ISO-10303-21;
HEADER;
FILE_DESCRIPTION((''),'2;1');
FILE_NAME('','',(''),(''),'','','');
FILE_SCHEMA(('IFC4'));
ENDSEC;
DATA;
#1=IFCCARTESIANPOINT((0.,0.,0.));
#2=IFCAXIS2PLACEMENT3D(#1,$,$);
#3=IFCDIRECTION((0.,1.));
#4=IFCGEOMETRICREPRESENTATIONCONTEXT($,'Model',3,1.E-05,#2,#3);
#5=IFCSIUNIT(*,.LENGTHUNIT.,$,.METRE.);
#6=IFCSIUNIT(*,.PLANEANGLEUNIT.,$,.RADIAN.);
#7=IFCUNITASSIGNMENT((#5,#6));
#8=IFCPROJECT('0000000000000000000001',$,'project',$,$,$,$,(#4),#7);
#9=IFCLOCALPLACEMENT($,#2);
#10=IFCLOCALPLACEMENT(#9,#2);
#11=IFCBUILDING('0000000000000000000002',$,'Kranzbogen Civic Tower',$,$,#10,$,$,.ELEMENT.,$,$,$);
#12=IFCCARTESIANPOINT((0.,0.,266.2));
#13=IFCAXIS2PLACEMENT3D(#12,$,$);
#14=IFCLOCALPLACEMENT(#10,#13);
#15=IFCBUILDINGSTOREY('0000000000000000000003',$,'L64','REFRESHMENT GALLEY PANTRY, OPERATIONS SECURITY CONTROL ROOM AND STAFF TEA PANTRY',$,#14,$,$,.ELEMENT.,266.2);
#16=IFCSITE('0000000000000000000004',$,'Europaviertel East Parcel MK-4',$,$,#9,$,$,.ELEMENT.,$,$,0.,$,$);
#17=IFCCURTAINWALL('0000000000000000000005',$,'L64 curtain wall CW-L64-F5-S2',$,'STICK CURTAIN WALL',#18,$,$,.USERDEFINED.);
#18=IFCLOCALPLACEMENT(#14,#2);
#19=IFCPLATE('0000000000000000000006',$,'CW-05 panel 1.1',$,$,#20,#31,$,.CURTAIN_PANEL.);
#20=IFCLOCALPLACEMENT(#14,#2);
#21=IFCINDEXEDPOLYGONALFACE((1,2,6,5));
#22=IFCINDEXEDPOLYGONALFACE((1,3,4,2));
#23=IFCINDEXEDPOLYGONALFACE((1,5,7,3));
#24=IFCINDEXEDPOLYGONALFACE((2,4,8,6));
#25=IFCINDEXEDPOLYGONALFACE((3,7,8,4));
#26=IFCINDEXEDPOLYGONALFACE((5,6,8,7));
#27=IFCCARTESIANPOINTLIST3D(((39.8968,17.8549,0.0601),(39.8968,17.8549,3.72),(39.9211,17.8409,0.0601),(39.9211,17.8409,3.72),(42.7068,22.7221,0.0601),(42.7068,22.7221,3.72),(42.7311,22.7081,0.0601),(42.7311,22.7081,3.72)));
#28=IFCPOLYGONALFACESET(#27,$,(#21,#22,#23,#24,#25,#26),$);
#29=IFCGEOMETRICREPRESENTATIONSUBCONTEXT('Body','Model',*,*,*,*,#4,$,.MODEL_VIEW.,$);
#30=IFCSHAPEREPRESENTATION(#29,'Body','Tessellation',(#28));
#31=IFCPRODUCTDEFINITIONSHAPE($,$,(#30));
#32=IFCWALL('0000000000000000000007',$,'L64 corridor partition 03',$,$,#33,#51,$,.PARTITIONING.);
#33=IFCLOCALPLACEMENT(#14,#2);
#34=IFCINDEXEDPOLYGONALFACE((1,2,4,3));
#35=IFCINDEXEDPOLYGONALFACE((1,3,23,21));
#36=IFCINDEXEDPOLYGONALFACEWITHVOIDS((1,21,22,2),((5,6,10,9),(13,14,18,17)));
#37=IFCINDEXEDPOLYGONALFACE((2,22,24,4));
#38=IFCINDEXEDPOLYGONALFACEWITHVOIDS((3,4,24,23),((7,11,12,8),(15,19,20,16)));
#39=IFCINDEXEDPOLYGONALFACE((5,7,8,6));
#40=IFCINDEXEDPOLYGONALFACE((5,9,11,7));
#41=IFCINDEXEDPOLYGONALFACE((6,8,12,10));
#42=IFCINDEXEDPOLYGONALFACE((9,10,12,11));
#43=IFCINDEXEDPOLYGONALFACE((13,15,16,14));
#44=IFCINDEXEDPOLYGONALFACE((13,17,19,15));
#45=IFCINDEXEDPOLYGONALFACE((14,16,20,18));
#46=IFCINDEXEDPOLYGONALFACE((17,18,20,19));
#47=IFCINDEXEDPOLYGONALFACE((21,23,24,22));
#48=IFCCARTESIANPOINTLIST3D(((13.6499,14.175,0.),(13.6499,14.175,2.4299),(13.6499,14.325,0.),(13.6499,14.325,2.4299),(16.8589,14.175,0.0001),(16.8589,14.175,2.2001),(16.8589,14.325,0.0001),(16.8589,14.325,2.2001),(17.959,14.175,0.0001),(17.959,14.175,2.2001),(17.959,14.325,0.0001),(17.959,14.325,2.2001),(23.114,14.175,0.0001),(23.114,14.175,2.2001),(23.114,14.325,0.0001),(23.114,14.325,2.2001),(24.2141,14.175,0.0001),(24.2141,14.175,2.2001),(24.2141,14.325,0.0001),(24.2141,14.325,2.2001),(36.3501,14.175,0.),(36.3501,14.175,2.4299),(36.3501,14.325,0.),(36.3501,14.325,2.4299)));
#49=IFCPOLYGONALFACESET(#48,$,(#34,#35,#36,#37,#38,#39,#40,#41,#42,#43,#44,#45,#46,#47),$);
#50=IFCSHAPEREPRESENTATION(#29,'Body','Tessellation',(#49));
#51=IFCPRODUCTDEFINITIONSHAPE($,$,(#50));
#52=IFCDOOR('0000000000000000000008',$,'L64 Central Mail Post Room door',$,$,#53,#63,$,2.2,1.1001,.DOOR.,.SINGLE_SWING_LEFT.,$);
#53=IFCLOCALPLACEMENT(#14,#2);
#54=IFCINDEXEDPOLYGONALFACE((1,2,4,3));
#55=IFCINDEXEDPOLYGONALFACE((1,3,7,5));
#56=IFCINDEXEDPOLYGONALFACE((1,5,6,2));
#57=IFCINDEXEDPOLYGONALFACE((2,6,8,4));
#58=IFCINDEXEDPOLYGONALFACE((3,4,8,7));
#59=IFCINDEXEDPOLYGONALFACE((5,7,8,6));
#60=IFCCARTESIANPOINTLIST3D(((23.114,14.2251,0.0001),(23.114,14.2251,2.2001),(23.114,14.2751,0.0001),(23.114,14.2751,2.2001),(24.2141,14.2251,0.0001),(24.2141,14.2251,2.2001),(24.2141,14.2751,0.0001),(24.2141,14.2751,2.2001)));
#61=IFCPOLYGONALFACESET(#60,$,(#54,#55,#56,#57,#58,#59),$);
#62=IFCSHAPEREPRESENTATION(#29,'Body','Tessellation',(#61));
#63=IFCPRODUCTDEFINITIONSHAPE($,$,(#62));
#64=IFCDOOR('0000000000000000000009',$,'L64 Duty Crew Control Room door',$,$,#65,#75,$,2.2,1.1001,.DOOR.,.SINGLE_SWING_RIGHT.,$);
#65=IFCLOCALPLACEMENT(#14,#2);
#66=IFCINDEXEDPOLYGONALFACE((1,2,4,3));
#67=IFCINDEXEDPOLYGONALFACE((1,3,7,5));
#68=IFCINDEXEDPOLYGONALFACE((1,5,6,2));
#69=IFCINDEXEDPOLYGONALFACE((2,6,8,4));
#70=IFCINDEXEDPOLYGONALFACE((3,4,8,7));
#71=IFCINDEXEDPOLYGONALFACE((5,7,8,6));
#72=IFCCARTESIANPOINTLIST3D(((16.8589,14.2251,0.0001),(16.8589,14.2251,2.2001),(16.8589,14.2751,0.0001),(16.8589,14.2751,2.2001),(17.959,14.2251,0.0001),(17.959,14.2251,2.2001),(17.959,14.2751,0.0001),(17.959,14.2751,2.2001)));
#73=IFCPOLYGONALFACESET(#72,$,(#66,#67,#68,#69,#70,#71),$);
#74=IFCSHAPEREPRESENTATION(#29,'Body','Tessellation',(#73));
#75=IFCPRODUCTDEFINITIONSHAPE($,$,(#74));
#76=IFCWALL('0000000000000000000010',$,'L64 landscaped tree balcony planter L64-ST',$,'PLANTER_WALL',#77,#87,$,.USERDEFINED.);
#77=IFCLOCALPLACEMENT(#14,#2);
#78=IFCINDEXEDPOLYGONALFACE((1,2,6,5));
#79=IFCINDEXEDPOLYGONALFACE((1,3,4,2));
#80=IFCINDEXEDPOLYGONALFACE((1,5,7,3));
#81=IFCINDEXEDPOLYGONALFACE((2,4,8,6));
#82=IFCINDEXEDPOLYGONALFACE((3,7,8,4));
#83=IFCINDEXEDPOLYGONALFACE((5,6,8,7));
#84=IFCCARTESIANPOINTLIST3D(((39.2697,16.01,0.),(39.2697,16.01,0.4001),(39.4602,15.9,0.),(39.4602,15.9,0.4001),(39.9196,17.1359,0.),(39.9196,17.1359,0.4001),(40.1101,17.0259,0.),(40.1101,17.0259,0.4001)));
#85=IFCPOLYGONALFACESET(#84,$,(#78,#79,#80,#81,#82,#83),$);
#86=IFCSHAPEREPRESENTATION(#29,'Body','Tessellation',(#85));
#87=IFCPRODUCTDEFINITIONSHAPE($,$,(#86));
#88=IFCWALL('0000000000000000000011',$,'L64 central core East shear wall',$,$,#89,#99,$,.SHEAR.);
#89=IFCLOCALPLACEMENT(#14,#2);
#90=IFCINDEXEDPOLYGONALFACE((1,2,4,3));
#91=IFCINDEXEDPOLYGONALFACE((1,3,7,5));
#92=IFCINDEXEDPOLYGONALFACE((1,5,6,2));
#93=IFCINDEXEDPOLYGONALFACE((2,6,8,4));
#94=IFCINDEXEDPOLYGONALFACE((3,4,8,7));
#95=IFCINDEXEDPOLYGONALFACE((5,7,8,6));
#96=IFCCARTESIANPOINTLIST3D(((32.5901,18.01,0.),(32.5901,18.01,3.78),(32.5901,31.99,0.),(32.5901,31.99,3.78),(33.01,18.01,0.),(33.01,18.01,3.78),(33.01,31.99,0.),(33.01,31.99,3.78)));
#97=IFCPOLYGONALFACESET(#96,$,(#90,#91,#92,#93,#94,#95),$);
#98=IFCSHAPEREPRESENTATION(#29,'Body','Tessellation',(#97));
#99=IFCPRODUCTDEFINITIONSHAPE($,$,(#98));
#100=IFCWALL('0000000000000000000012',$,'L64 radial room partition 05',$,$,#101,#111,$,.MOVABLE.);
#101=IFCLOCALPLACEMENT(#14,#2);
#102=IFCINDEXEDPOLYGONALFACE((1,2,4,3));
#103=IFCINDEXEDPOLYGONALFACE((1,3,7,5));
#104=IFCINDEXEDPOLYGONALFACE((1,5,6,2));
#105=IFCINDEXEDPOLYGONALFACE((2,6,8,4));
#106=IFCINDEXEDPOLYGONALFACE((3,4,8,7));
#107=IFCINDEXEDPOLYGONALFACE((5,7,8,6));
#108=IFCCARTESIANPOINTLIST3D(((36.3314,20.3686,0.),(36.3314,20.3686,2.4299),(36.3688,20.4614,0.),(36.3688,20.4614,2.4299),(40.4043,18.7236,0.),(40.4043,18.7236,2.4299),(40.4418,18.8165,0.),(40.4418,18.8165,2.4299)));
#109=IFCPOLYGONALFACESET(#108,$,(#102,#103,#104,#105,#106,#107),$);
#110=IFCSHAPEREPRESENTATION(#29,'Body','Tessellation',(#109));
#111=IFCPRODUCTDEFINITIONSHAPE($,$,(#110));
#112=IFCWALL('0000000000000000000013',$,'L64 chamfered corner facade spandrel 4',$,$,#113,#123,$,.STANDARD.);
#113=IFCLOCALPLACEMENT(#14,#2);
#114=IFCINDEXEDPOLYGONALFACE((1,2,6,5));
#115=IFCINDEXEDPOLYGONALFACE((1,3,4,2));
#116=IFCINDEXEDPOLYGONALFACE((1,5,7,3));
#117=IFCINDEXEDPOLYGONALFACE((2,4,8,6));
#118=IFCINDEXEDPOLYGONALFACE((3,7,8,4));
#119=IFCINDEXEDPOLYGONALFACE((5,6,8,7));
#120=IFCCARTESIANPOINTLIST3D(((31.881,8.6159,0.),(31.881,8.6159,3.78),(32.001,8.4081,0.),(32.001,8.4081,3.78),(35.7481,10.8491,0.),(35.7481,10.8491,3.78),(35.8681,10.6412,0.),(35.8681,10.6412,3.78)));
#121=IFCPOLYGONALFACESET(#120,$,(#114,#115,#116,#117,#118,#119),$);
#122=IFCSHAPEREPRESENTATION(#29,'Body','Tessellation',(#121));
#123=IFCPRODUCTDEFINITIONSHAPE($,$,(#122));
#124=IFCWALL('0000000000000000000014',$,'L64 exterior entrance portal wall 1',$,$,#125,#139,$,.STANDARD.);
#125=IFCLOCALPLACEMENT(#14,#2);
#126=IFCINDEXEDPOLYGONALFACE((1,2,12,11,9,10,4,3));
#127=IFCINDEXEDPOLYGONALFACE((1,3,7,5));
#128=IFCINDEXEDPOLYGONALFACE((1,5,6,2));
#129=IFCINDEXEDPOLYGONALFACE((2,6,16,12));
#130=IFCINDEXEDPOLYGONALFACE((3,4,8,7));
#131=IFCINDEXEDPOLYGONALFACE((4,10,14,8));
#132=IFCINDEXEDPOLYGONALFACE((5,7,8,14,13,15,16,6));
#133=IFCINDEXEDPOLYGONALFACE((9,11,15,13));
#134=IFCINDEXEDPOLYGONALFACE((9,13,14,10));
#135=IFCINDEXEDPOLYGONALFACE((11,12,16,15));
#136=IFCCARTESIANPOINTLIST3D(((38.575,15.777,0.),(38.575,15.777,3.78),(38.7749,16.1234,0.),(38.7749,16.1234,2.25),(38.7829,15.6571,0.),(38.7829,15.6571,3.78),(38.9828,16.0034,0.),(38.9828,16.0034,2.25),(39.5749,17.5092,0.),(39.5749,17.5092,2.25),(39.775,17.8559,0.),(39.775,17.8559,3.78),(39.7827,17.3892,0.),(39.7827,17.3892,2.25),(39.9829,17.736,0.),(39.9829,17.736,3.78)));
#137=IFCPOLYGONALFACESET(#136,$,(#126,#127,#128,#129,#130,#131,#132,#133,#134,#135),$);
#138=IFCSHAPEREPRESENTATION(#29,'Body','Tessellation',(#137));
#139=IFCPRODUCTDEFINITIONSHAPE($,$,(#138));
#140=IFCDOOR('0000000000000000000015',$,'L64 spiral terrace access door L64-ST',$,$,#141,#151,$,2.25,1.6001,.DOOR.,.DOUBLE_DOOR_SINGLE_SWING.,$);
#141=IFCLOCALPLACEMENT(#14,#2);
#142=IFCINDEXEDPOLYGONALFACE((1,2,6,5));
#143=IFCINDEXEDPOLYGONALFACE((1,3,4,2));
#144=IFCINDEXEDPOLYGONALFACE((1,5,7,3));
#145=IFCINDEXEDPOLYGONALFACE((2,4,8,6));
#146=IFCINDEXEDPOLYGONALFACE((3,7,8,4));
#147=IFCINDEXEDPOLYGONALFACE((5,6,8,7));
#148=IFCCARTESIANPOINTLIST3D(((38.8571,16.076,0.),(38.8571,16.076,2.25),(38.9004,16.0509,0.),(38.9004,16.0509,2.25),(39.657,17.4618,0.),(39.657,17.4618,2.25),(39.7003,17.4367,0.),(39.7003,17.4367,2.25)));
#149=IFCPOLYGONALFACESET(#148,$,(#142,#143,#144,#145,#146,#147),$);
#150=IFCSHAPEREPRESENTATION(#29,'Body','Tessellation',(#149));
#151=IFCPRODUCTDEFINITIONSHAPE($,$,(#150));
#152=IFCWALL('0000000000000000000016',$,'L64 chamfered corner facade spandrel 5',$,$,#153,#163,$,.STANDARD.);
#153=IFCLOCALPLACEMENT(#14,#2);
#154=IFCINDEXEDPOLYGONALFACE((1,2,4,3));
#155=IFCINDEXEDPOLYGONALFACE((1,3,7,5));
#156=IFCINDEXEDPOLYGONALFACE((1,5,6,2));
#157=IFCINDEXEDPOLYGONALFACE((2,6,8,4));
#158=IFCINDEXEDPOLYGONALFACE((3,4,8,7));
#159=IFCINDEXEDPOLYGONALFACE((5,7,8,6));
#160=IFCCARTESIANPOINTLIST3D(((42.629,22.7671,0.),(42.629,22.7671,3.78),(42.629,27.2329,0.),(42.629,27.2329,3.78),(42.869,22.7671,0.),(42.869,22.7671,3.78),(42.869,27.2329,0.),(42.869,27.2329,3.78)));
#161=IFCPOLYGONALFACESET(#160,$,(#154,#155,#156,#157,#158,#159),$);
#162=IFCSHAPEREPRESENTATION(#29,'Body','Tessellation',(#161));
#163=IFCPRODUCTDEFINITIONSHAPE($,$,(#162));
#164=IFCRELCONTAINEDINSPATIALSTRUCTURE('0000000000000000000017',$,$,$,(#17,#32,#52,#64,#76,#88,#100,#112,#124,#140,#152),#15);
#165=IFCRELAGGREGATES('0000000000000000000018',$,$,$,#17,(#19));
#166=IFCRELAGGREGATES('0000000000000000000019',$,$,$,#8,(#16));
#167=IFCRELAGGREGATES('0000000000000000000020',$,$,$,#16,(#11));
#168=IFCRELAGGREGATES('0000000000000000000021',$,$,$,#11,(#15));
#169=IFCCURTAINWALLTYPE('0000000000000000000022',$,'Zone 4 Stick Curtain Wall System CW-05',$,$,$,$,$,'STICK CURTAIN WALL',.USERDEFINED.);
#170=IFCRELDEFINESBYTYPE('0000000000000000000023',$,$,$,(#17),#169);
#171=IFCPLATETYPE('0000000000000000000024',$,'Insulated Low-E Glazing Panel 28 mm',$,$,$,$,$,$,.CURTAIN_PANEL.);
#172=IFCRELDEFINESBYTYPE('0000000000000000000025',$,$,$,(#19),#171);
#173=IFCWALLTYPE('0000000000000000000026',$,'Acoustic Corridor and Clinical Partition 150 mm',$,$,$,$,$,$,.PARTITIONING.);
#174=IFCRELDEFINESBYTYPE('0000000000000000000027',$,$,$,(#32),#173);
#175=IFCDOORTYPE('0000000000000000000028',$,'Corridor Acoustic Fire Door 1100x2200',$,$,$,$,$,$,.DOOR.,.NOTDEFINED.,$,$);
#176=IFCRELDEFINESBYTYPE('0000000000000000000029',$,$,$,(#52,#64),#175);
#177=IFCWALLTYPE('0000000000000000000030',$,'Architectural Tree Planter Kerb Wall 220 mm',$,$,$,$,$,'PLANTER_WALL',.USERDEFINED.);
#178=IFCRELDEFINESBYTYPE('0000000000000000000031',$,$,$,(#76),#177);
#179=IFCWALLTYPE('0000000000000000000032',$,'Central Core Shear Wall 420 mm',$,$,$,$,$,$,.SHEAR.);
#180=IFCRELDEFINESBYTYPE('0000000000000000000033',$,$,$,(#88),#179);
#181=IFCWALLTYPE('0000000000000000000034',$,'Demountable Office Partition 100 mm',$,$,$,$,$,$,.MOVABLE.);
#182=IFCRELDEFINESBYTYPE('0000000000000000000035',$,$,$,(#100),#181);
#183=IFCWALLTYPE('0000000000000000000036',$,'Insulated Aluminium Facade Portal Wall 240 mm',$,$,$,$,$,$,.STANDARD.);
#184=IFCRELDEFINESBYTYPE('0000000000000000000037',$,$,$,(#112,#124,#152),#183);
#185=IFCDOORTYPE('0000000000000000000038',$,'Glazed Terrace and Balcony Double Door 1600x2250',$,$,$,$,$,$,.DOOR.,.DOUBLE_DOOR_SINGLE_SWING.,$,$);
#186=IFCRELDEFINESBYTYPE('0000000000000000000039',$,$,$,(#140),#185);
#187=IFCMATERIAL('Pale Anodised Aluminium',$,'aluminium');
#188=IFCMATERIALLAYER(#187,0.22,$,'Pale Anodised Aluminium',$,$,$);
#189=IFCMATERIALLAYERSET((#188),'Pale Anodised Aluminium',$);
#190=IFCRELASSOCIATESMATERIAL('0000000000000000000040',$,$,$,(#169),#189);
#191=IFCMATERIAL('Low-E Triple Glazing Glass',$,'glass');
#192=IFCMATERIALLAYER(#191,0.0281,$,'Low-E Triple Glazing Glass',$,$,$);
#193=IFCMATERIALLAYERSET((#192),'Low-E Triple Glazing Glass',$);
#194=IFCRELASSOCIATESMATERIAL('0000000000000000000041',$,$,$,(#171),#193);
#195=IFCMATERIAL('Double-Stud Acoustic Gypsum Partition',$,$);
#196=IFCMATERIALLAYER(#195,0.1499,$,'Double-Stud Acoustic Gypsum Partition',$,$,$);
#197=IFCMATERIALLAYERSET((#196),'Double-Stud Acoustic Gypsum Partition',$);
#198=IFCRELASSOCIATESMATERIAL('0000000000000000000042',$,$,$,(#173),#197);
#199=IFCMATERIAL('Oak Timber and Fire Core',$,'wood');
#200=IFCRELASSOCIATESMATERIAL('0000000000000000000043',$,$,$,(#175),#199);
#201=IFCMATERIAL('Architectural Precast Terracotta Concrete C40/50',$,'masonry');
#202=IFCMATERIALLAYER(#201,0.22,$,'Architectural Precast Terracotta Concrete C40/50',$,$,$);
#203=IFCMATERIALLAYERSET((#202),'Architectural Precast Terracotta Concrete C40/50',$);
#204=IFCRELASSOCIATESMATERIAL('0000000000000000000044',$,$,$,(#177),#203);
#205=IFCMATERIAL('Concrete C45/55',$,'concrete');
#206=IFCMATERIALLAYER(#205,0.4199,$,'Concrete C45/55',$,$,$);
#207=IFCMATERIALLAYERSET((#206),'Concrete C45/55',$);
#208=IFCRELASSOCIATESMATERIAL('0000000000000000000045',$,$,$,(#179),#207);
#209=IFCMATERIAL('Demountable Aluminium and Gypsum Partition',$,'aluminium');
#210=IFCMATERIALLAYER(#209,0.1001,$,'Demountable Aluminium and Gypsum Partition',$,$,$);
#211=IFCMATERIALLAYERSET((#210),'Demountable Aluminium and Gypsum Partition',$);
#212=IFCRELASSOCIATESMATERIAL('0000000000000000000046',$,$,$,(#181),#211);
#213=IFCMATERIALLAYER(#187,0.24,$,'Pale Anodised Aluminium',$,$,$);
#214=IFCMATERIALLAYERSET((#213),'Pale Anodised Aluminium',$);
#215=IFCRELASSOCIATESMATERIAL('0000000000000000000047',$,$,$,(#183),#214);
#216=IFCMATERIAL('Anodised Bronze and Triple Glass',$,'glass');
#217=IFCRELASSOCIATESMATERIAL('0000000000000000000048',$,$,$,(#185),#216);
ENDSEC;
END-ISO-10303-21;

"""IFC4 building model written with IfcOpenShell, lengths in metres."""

from ifc_helpers import new_model, si_unit, direction, frame, frame_2d, origin, origin_2d, place, context, subcontext, project, spatial, rectangle, extrude, material, layer, layer_set, type_object, element, fill, aggregate, save


model = new_model("IFC4")

# Units and contexts
model_context = context("Model", 3, precision=1e-05, world=origin(), true_north=direction((0.0, 1.0)))
body_context = subcontext(model_context, "Body", "Model", "MODEL_VIEW")
ifc_project = project(units=[si_unit("LENGTHUNIT", "METRE"), si_unit("PLANEANGLEUNIT", "RADIAN")], contexts=[model_context])

# Site, building, storey
site_placement = place(None, origin())
site = spatial("IfcSite", under=ifc_project, at=site_placement, Name="Europaviertel East Parcel MK-4", CompositionType="ELEMENT", RefElevation=0.0)
building_placement = place(site_placement, origin())
building = spatial("IfcBuilding", under=site, at=building_placement, Name="Kranzbogen Civic Tower", CompositionType="ELEMENT")
storey_placement = place(building_placement, frame((0.0, 0.0, 266.2)))
storey = spatial("IfcBuildingStorey", under=building, at=storey_placement, Name="L64", Description="REFRESHMENT GALLEY PANTRY, OPERATIONS SECURITY CONTROL ROOM AND STAFF TEA PANTRY", CompositionType="ELEMENT", Elevation=266.2)

# Shared definitions
ifc_material_1 = material(Name="Pale Anodised Aluminium", Category="aluminium")
ifc_layer_1 = layer(ifc_material_1, 0.22, Name="Pale Anodised Aluminium")
ifc_layer_set_1 = layer_set([ifc_layer_1], Name="Pale Anodised Aluminium")
curtain_wall_type = type_object("IfcCurtainWallType", Name="Zone 4 Stick Curtain Wall System CW-05", ElementType="STICK CURTAIN WALL", PredefinedType="USERDEFINED", material=ifc_layer_set_1)

# Curtain wall
curtain_wall_1_placement = place(storey_placement, origin())
curtain_wall_1 = element("IfcCurtainWall", 1, at=curtain_wall_1_placement, inside=storey, type_object=curtain_wall_type, Name="L64 curtain wall CW-L64-F5-S2", ObjectType="STICK CURTAIN WALL", PredefinedType="USERDEFINED")

# Plate
ifc_material_2 = material(Name="Low-E Triple Glazing Glass", Category="glass")
ifc_layer_2 = layer(ifc_material_2, 0.0281, Name="Low-E Triple Glazing Glass")
ifc_layer_set_2 = layer_set([ifc_layer_2], Name="Low-E Triple Glazing Glass")
plate_type = type_object("IfcPlateType", Name="Insulated Low-E Glazing Panel 28 mm", PredefinedType="CURTAIN_PANEL", material=ifc_layer_set_2)
plate_1_placement = place(storey_placement, frame((41.314, 20.2815, 0.0601), z_axis=(0.0, 0.0, 1.0), x_axis=(0.499999, 0.866026, 0.0)))
plate_1 = element("IfcPlate", 2, at=plate_1_placement, type_object=plate_type, Name="CW-05 panel 1.1", PredefinedType="CURTAIN_PANEL", context=body_context, shape_type="SweptSolid", body=[
    extrude(rectangle(XDim=5.6201, YDim=0.0281, at=origin_2d()), origin(), (0.0, 0.0, 1.0), 3.6599),
])
aggregate(curtain_wall_1, [plate_1])

# Wall, openings, doors
ifc_material_3 = material(Name="Double-Stud Acoustic Gypsum Partition")
ifc_layer_3 = layer(ifc_material_3, 0.1499, Name="Double-Stud Acoustic Gypsum Partition")
ifc_layer_set_3 = layer_set([ifc_layer_3], Name="Double-Stud Acoustic Gypsum Partition")
wall_type_1 = type_object("IfcWallType", Name="Acoustic Corridor and Clinical Partition 150 mm", PredefinedType="PARTITIONING", material=ifc_layer_set_3)
wall_1_placement = place(storey_placement, frame((36.3501, 14.25, 0.0), z_axis=(0.0, 0.0, 1.0), x_axis=(-1.0, 0.0, 0.0)))
wall_1 = element("IfcWall", 3, at=wall_1_placement, inside=storey, type_object=wall_type_1, Name="L64 corridor partition 03", PredefinedType="PARTITIONING", context=body_context, shape_type="SweptSolid", body=[
    extrude(rectangle(XDim=22.7002, YDim=0.1499, at=frame_2d((11.3501, 0.0))), origin(), (0.0, 0.0, 1.0), 2.4299),
])
opening_1_placement = place(wall_1_placement, frame((12.136, 0.0, 0.0)))
opening_1 = element("IfcOpeningElement", 4, at=opening_1_placement, cuts=wall_1, PredefinedType="OPENING", context=body_context, shape_type="SweptSolid", body=[
    extrude(rectangle(XDim=1.1001, YDim=2.2, at=frame_2d((0.55, 1.1001))), frame((0.0, 0.085, 0.0), z_axis=(0.0, -1.0, 0.0), x_axis=(1.0, 0.0, 0.0)), (0.0, 0.0, 1.0), 0.1699),
])
opening_2_placement = place(wall_1_placement, frame((18.3911, 0.0, 0.0)))
opening_2 = element("IfcOpeningElement", 5, at=opening_2_placement, cuts=wall_1, PredefinedType="OPENING", context=body_context, shape_type="SweptSolid", body=[
    extrude(rectangle(XDim=1.1001, YDim=2.2, at=frame_2d((0.55, 1.1001))), frame((0.0, 0.085, 0.0), z_axis=(0.0, -1.0, 0.0), x_axis=(1.0, 0.0, 0.0)), (0.0, 0.0, 1.0), 0.1699),
])
ifc_material_4 = material(Name="Oak Timber and Fire Core", Category="wood")
door_type_1 = type_object("IfcDoorType", Name="Corridor Acoustic Fire Door 1100x2200", OperationType="NOTDEFINED", PredefinedType="DOOR", material=ifc_material_4)
door_1_placement = place(opening_1_placement, origin())
door_1 = element("IfcDoor", 6, at=door_1_placement, inside=storey, type_object=door_type_1, Name="L64 Central Mail Post Room door", OperationType="SINGLE_SWING_LEFT", OverallHeight=2.2, OverallWidth=1.1001, PredefinedType="DOOR", context=body_context, shape_type="SweptSolid", body=[
    extrude(rectangle(XDim=1.1001, YDim=2.2, at=frame_2d((0.55, 1.1001))), frame((0.0, 0.0249, 0.0), z_axis=(0.0, -1.0, 0.0), x_axis=(1.0, 0.0, 0.0)), (0.0, 0.0, 1.0), 0.05),
])
fill(opening_1, door_1)
door_2_placement = place(opening_2_placement, origin())
door_2 = element("IfcDoor", 7, at=door_2_placement, inside=storey, type_object=door_type_1, Name="L64 Duty Crew Control Room door", OperationType="SINGLE_SWING_RIGHT", OverallHeight=2.2, OverallWidth=1.1001, PredefinedType="DOOR", context=body_context, shape_type="SweptSolid", body=[
    extrude(rectangle(XDim=1.1001, YDim=2.2, at=frame_2d((0.55, 1.1001))), frame((0.0, 0.0249, 0.0), z_axis=(0.0, -1.0, 0.0), x_axis=(1.0, 0.0, 0.0)), (0.0, 0.0, 1.0), 0.05),
])
fill(opening_2, door_2)

# Walls
ifc_material_5 = material(Name="Architectural Precast Terracotta Concrete C40/50", Category="masonry")
ifc_layer_4 = layer(ifc_material_5, 0.22, Name="Architectural Precast Terracotta Concrete C40/50")
ifc_layer_set_4 = layer_set([ifc_layer_4], Name="Architectural Precast Terracotta Concrete C40/50")
wall_type_2 = type_object("IfcWallType", Name="Architectural Tree Planter Kerb Wall 220 mm", ElementType="PLANTER_WALL", PredefinedType="USERDEFINED", material=ifc_layer_set_4)
wall_2_placement = place(storey_placement, frame((39.365, 15.9551, 0.0), z_axis=(0.0, 0.0, 1.0), x_axis=(0.499896, 0.866086, 0.0)))
element("IfcWall", 8, at=wall_2_placement, inside=storey, type_object=wall_type_2, Name="L64 landscaped tree balcony planter L64-ST", ObjectType="PLANTER_WALL", PredefinedType="USERDEFINED", context=body_context, shape_type="SweptSolid", body=[
    extrude(rectangle(XDim=1.3, YDim=0.22, at=frame_2d((0.6499, 0.0))), origin(), (0.0, 0.0, 1.0), 0.4001),
])
ifc_material_6 = material(Name="Concrete C45/55", Category="concrete")
ifc_layer_5 = layer(ifc_material_6, 0.4199, Name="Concrete C45/55")
ifc_layer_set_5 = layer_set([ifc_layer_5], Name="Concrete C45/55")
wall_type_3 = type_object("IfcWallType", Name="Central Core Shear Wall 420 mm", PredefinedType="SHEAR", material=ifc_layer_set_5)
wall_3_placement = place(storey_placement, frame((32.8, 18.01, 0.0), z_axis=(0.0, 0.0, 1.0), x_axis=(0.0, 1.0, 0.0)))
element("IfcWall", 9, at=wall_3_placement, inside=storey, type_object=wall_type_3, Name="L64 central core East shear wall", PredefinedType="SHEAR", context=body_context, shape_type="SweptSolid", body=[
    extrude(rectangle(XDim=13.98, YDim=0.4199, at=frame_2d((6.99, 0.0))), origin(), (0.0, 0.0, 1.0), 3.78),
])
ifc_material_7 = material(Name="Demountable Aluminium and Gypsum Partition", Category="aluminium")
ifc_layer_6 = layer(ifc_material_7, 0.1001, Name="Demountable Aluminium and Gypsum Partition")
ifc_layer_set_6 = layer_set([ifc_layer_6], Name="Demountable Aluminium and Gypsum Partition")
wall_type_4 = type_object("IfcWallType", Name="Demountable Office Partition 100 mm", PredefinedType="MOVABLE", material=ifc_layer_set_6)
wall_4_placement = place(storey_placement, frame((36.3501, 20.415, 0.0), z_axis=(0.0, 0.0, 1.0), x_axis=(0.92723, -0.374493, 0.0)))
element("IfcWall", 10, at=wall_4_placement, inside=storey, type_object=wall_type_4, Name="L64 radial room partition 05", PredefinedType="MOVABLE", context=body_context, shape_type="SweptSolid", body=[
    extrude(rectangle(XDim=4.3926, YDim=0.1001, at=frame_2d((2.1963, 0.0))), origin(), (0.0, 0.0, 1.0), 2.4299),
])
ifc_layer_7 = layer(ifc_material_1, 0.24, Name="Pale Anodised Aluminium")
ifc_layer_set_7 = layer_set([ifc_layer_7], Name="Pale Anodised Aluminium")
wall_type_5 = type_object("IfcWallType", Name="Insulated Aluminium Facade Portal Wall 240 mm", PredefinedType="STANDARD", material=ifc_layer_set_7)
wall_5_placement = place(storey_placement, frame((31.9409, 8.512, 0.0), z_axis=(0.0, 0.0, 1.0), x_axis=(0.865983, 0.500073, 0.0)))
element("IfcWall", 11, at=wall_5_placement, inside=storey, type_object=wall_type_5, Name="L64 chamfered corner facade spandrel 4", PredefinedType="STANDARD", context=body_context, shape_type="SweptSolid", body=[
    extrude(rectangle(XDim=4.4656, YDim=0.24, at=frame_2d((2.2329, 0.0))), origin(), (0.0, 0.0, 1.0), 3.78),
])

# Wall, opening, door
wall_6_placement = place(storey_placement, frame((38.679, 15.717, 0.0), z_axis=(0.0, 0.0, 1.0), x_axis=(0.499913, 0.866075, 0.0)))
wall_6 = element("IfcWall", 12, at=wall_6_placement, inside=storey, type_object=wall_type_5, Name="L64 exterior entrance portal wall 1", PredefinedType="STANDARD", context=body_context, shape_type="SweptSolid", body=[
    extrude(rectangle(XDim=2.4004, YDim=0.24, at=frame_2d((1.2002, 0.0))), origin(), (0.0, 0.0, 1.0), 3.78),
])
opening_3_placement = place(wall_6_placement, frame((0.3999, 0.0, 0.0)))
opening_3 = element("IfcOpeningElement", 13, at=opening_3_placement, cuts=wall_6, PredefinedType="OPENING", context=body_context, shape_type="SweptSolid", body=[
    extrude(rectangle(XDim=1.6001, YDim=2.25, at=frame_2d((0.8, 1.125))), frame((0.0, 0.1299, 0.0), z_axis=(0.0, -1.0, 0.0), x_axis=(1.0, 0.0, 0.0)), (0.0, 0.0, 1.0), 0.26),
])
ifc_material_8 = material(Name="Anodised Bronze and Triple Glass", Category="glass")
door_type_2 = type_object("IfcDoorType", Name="Glazed Terrace and Balcony Double Door 1600x2250", OperationType="DOUBLE_DOOR_SINGLE_SWING", PredefinedType="DOOR", material=ifc_material_8)
door_3_placement = place(opening_3_placement, frame((1.6001, 0.0, 0.0), z_axis=(0.0, 0.0, 1.0), x_axis=(-1.0, 0.0, 0.0)))
door_3 = element("IfcDoor", 14, at=door_3_placement, inside=storey, type_object=door_type_2, Name="L64 spiral terrace access door L64-ST", OperationType="DOUBLE_DOOR_SINGLE_SWING", OverallHeight=2.25, OverallWidth=1.6001, PredefinedType="DOOR", context=body_context, shape_type="SweptSolid", body=[
    extrude(rectangle(XDim=1.6001, YDim=2.25, at=frame_2d((0.8, 1.125))), frame((0.0, 0.0249, 0.0), z_axis=(0.0, -1.0, 0.0), x_axis=(1.0, 0.0, 0.0)), (0.0, 0.0, 1.0), 0.05),
])
fill(opening_3, door_3)

# Wall
wall_7_placement = place(storey_placement, frame((42.749, 22.7671, 0.0), z_axis=(0.0, 0.0, 1.0), x_axis=(0.0, 1.0, 0.0)))
element("IfcWall", 15, at=wall_7_placement, inside=storey, type_object=wall_type_5, Name="L64 chamfered corner facade spandrel 5", PredefinedType="STANDARD", context=body_context, shape_type="SweptSolid", body=[
    extrude(rectangle(XDim=4.4658, YDim=0.24, at=frame_2d((2.2329, 0.0))), origin(), (0.0, 0.0, 1.0), 3.78),
])

save(model, "model.ifc")
